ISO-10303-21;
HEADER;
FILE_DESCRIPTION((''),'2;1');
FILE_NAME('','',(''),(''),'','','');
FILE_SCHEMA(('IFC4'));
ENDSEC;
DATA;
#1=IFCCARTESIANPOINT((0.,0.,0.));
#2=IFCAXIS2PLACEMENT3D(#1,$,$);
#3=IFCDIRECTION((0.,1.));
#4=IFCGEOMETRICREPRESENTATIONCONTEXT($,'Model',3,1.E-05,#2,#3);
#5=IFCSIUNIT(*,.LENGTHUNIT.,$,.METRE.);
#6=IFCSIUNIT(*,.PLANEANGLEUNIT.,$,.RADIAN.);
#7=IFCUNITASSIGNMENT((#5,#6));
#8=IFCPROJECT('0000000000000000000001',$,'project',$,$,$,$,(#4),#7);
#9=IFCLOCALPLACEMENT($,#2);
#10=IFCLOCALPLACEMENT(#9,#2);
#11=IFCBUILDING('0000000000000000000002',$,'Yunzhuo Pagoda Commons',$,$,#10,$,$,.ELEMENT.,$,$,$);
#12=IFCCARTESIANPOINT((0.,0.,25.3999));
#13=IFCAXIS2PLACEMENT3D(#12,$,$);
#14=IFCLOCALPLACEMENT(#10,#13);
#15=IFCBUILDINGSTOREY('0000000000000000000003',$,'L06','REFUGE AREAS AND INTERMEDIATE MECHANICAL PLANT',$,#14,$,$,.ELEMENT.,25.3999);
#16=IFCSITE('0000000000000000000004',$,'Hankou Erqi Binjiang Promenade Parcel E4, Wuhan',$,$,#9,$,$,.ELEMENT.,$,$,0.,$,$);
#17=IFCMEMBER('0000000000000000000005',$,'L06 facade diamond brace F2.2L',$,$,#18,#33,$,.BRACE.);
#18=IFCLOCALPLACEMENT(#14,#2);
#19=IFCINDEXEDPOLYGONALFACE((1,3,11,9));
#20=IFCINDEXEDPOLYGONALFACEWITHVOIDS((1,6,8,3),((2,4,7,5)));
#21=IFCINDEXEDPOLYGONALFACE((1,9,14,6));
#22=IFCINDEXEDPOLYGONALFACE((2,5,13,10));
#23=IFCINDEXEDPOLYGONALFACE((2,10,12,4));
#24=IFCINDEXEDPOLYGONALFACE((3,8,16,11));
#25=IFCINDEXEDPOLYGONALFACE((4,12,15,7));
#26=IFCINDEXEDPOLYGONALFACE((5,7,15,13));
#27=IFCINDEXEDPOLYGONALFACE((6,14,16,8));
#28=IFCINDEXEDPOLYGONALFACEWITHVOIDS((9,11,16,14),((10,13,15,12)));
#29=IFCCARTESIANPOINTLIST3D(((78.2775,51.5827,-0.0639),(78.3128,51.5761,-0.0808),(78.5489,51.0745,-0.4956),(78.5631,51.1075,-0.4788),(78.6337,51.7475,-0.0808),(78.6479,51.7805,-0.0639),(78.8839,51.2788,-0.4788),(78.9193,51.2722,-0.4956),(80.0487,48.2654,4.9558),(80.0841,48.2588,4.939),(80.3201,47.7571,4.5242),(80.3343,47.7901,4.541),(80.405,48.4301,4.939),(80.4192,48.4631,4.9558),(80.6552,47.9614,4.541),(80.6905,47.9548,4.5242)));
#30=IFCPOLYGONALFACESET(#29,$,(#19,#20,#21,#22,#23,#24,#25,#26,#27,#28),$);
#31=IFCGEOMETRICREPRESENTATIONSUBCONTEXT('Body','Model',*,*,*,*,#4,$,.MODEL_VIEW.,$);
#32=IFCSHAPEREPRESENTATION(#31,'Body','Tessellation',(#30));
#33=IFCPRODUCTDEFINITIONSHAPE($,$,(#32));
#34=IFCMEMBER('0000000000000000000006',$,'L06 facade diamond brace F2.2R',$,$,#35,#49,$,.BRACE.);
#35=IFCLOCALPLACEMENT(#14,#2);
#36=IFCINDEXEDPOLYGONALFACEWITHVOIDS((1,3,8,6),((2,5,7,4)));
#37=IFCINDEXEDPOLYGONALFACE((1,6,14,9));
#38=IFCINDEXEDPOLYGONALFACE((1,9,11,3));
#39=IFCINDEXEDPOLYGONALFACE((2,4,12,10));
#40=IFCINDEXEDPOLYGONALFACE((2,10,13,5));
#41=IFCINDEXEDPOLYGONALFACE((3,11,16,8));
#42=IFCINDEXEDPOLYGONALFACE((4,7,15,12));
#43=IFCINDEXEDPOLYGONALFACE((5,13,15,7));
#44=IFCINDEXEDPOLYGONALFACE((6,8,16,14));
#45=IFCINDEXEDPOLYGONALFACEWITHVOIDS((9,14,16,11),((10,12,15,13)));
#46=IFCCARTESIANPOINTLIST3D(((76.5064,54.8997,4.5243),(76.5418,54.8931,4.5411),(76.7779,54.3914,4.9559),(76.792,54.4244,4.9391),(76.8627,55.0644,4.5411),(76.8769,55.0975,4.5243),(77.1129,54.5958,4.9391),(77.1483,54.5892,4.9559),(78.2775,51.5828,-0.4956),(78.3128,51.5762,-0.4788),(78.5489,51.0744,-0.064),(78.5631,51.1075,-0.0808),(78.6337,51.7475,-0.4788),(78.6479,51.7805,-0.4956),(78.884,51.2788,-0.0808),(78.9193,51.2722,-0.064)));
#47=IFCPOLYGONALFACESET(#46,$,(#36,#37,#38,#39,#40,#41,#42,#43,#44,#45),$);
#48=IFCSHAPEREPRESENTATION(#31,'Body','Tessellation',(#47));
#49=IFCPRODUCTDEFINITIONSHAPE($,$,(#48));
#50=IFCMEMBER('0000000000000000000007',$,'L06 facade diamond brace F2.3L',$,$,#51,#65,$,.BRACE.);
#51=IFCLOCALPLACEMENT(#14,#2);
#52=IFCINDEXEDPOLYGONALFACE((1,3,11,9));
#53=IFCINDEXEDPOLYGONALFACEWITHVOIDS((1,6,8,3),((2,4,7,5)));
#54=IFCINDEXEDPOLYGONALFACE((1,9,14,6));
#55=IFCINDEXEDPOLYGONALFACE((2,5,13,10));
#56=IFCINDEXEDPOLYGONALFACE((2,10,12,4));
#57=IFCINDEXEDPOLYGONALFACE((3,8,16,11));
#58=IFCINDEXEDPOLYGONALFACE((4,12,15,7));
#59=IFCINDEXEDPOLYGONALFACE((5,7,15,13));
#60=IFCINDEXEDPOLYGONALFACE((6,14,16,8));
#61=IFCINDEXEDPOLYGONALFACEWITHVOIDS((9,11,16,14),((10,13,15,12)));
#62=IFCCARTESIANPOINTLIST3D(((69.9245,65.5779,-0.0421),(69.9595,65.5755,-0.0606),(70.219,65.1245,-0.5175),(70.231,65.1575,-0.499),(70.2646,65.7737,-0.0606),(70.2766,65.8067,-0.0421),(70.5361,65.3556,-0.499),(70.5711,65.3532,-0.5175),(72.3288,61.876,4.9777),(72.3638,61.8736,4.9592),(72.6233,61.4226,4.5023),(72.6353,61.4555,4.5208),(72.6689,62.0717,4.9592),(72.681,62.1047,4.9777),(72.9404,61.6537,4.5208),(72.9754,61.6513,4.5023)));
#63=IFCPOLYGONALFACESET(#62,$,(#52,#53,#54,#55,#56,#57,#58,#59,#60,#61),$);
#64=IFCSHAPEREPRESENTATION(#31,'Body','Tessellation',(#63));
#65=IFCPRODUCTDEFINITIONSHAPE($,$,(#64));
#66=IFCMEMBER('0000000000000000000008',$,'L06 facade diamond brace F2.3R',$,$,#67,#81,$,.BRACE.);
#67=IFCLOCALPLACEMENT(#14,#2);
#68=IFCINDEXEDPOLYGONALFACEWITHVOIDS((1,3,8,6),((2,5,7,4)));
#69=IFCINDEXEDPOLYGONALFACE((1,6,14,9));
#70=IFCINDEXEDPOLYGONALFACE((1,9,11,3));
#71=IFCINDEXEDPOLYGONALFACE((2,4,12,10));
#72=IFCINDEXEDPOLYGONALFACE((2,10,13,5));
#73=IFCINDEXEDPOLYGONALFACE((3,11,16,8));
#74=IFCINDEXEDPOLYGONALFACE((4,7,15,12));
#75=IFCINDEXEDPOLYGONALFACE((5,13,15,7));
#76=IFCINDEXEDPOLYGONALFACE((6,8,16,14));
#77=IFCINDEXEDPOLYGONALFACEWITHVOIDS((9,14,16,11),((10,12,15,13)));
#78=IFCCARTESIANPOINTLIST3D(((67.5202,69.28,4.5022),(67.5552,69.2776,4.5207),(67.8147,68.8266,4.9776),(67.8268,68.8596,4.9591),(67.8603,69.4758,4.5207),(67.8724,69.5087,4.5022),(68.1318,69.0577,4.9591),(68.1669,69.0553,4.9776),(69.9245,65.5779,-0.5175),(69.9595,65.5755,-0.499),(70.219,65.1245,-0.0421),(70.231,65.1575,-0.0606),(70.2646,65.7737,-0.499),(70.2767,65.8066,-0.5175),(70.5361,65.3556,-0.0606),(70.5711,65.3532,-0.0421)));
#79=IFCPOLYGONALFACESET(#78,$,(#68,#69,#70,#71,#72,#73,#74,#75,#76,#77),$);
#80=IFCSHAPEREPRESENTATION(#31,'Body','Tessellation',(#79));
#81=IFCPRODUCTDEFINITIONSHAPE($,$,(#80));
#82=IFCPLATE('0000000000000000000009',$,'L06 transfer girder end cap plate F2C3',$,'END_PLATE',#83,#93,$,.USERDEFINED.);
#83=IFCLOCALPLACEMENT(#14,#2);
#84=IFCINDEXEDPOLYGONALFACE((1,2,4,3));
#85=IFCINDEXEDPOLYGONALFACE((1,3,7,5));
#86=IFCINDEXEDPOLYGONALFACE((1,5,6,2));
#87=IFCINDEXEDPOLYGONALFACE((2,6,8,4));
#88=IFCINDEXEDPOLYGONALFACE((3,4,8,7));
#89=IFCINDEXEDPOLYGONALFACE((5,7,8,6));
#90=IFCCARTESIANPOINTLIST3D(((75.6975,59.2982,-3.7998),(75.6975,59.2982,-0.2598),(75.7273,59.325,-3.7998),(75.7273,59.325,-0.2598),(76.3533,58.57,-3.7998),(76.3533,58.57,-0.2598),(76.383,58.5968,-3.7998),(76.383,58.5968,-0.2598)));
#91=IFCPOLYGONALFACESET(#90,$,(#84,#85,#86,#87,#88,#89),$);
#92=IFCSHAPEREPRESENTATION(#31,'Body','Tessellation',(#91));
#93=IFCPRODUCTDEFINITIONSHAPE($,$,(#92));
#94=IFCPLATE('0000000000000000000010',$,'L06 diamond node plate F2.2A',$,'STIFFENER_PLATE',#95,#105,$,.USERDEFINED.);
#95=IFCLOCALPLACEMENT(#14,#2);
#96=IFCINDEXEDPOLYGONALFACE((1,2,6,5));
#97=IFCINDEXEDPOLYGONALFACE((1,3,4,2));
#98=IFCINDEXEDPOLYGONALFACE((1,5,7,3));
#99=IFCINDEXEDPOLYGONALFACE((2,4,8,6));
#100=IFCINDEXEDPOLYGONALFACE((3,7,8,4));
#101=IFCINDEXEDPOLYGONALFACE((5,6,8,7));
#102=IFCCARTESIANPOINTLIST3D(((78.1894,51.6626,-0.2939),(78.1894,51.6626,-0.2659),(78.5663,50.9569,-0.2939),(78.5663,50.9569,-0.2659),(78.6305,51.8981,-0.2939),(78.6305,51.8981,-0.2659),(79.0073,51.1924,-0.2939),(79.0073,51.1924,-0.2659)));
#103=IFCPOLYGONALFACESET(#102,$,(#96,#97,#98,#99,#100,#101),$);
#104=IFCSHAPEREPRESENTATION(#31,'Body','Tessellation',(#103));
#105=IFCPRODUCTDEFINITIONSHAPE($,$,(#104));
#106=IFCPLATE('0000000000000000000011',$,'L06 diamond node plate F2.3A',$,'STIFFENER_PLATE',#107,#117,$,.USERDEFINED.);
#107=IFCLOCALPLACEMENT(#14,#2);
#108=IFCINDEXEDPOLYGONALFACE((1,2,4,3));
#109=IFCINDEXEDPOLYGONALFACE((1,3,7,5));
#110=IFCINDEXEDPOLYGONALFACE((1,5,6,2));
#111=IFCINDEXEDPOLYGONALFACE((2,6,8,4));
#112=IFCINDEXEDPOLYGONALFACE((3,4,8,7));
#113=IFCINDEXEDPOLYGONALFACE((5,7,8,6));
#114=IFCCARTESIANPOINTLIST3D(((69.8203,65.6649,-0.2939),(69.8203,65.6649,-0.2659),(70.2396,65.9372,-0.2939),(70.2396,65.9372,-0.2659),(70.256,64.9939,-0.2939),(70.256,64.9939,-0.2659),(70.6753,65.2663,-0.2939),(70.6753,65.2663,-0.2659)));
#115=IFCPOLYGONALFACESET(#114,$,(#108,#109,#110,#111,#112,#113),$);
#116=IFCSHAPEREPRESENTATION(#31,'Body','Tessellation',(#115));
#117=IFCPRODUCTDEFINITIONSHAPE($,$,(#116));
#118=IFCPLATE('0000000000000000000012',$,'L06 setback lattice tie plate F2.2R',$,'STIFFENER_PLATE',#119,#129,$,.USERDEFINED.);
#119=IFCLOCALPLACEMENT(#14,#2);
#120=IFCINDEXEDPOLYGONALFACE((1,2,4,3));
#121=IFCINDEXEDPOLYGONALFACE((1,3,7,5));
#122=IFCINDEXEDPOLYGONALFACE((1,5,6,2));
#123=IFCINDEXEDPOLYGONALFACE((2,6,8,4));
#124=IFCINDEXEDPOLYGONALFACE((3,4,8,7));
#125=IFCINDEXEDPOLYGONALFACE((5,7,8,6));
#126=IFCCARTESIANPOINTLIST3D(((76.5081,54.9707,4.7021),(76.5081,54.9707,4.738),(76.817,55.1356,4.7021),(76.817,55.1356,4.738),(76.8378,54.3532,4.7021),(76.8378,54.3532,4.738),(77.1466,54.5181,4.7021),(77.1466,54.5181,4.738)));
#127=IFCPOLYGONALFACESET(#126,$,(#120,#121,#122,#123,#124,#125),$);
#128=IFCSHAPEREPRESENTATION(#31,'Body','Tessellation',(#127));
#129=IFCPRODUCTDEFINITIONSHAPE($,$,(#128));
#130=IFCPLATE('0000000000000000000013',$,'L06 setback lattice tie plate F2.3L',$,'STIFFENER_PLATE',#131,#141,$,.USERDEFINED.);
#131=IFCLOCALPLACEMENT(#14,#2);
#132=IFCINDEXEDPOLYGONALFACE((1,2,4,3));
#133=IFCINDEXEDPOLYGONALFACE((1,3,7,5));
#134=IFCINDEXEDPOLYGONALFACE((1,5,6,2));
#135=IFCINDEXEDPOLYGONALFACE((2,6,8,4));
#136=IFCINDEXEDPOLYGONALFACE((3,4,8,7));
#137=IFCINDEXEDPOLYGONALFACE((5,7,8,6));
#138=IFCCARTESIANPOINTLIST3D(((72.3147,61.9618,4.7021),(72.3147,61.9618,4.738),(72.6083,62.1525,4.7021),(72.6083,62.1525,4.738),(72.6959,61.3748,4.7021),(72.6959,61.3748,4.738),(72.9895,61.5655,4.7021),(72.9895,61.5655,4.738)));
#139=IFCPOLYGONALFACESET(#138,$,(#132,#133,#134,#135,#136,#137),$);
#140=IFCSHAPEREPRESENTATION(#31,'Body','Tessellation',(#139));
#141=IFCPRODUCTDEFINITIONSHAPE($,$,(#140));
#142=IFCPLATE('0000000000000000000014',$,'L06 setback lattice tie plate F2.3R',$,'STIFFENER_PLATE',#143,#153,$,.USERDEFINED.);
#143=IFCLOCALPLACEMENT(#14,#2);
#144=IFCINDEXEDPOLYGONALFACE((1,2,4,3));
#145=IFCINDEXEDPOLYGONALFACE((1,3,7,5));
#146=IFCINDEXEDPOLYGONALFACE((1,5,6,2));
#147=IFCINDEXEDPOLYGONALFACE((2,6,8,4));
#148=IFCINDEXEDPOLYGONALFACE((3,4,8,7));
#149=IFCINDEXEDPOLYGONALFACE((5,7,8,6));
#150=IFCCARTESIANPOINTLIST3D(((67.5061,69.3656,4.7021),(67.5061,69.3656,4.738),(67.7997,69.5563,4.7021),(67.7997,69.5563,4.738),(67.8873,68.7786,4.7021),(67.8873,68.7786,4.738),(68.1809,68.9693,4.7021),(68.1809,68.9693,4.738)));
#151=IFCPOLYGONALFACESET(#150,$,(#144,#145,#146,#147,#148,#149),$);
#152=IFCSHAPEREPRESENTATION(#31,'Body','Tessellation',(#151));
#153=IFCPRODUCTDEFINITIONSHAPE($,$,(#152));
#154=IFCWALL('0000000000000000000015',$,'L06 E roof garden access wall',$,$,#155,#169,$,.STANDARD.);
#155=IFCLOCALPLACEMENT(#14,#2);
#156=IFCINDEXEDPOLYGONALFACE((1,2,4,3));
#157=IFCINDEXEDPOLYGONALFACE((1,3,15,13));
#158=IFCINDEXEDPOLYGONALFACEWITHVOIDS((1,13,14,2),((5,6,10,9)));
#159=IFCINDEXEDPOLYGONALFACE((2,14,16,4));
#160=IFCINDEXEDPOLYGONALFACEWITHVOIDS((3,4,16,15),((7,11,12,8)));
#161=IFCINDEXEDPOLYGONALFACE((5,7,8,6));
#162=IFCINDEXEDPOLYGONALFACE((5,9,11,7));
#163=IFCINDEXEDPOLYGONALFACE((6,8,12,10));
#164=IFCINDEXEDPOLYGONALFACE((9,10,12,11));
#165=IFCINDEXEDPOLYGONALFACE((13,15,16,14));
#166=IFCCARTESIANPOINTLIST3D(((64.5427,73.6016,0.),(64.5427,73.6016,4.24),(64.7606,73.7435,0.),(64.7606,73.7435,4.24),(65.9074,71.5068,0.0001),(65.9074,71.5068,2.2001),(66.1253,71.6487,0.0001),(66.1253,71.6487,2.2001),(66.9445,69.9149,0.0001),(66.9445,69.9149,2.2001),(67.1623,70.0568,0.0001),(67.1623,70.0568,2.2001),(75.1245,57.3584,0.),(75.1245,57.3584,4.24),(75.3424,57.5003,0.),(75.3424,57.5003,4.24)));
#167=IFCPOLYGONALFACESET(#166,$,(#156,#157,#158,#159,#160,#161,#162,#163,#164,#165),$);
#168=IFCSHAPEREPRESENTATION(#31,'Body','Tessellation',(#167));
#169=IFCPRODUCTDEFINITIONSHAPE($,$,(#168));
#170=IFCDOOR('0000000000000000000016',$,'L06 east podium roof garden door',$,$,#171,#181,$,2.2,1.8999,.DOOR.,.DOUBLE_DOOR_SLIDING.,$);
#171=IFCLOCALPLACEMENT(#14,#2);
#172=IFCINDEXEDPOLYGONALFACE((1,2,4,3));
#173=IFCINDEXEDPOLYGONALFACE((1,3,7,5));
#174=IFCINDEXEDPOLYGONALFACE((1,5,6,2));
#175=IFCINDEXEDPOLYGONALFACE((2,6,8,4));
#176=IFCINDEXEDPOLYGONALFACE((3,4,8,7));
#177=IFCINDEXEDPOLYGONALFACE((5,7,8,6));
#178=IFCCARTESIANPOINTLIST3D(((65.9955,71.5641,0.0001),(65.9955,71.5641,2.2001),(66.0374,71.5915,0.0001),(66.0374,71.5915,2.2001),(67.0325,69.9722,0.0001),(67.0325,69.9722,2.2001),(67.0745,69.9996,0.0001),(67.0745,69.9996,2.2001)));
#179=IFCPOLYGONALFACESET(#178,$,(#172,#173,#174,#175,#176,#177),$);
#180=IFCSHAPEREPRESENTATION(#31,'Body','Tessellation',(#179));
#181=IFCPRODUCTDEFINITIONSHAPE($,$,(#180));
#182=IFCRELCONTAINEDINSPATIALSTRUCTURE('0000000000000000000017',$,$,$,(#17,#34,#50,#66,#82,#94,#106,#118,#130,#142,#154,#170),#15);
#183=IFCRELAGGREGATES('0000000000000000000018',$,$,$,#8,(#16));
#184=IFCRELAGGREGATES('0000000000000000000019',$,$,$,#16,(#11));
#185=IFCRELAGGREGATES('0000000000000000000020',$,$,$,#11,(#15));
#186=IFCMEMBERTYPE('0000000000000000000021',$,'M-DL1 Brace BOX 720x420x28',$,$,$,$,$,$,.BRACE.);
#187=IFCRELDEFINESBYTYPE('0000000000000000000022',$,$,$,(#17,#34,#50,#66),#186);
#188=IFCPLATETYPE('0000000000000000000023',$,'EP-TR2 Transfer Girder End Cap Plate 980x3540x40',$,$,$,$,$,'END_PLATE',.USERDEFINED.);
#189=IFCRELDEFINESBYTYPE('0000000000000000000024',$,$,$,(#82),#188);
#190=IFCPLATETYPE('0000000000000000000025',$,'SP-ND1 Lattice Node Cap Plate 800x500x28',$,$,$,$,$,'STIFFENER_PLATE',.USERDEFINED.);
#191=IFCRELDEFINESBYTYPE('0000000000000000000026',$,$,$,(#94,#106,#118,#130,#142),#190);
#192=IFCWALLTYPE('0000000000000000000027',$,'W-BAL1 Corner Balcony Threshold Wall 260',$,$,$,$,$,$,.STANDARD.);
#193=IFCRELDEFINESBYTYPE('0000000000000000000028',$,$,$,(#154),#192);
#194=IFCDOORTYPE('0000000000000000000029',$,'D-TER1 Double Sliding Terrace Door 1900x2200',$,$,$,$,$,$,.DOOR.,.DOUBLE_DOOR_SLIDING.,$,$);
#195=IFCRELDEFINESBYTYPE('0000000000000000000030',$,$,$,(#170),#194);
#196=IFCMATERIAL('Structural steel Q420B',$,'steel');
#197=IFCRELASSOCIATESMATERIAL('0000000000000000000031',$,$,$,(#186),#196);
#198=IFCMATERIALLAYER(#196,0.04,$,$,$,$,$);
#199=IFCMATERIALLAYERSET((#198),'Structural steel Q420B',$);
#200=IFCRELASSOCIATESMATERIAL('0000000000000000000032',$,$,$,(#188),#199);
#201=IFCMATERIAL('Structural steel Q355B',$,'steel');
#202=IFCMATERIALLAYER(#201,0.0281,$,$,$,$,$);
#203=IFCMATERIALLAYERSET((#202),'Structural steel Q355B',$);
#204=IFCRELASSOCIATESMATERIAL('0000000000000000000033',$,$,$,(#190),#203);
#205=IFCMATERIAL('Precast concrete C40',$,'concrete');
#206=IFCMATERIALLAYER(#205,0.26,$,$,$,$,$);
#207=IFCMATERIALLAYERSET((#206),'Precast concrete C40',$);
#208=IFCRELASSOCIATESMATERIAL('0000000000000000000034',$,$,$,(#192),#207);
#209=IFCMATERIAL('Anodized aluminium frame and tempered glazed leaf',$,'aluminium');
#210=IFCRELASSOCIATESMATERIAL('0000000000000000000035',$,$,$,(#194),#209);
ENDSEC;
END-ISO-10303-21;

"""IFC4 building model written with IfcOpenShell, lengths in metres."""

from ifc_helpers import new_model, si_unit, direction, frame, frame_2d, origin, origin_with_axes, origin_2d, place, context, subcontext, project, spatial, rectangle, hollow_rectangle, extrude, source, transform, mapped, material, layer, layer_set, material_profile, profile_set, type_object, element, fill, save


model = new_model("IFC4")

# Units and contexts
model_context = context("Model", 3, precision=1e-05, world=origin(), true_north=direction((0.0, 1.0)))
body_context = subcontext(model_context, "Body", "Model", "MODEL_VIEW")
ifc_project = project(units=[si_unit("LENGTHUNIT", "METRE"), si_unit("PLANEANGLEUNIT", "RADIAN")], contexts=[model_context])

# Site, building, storey
site_placement = place(None, origin())
site = spatial("IfcSite", under=ifc_project, at=site_placement, Name="Hankou Erqi Binjiang Promenade Parcel E4, Wuhan", CompositionType="ELEMENT", RefElevation=0.0)
building_placement = place(site_placement, origin())
building = spatial("IfcBuilding", under=site, at=building_placement, Name="Yunzhuo Pagoda Commons", CompositionType="ELEMENT")
storey_placement = place(building_placement, frame((0.0, 0.0, 25.3999)))
storey = spatial("IfcBuildingStorey", under=building, at=storey_placement, Name="L06", Description="REFUGE AREAS AND INTERMEDIATE MECHANICAL PLANT", CompositionType="ELEMENT", Elevation=25.3999)

# Shared definitions
ifc_material_1 = material(Name="Structural steel Q420B", Category="steel")

# Shared definitions
ifc_material_2 = material(Name="Structural steel Q355B", Category="steel")

# Members
ifc_material_profile_1 = material_profile(ifc_material_1, hollow_rectangle(XDim=0.4199, YDim=0.72, WallThickness=0.0281, at=origin_2d()), Name="Structural steel Q420B")
ifc_profile_set_1 = profile_set([ifc_material_profile_1], Name="Structural steel Q420B")
member_type = type_object("IfcMemberType", Name="M-DL1 Brace BOX 720x420x28", PredefinedType="BRACE", material=ifc_profile_set_1)
shared_shape_1 = source(origin(), body_context, "Body", "SweptSolid", [
    extrude(hollow_rectangle(XDim=0.4199, YDim=0.72, WallThickness=0.0281, at=origin_2d()), origin(), (0.0, 0.0, 1.0), 6.2722),
])
member_1_placement = place(storey_placement, frame((78.5984, 51.4275, -0.2798), z_axis=(0.282395, -0.528903, 0.800322), x_axis=(0.882135, 0.470996, 0.0)))
element("IfcMember", 1, at=member_1_placement, inside=storey, type_object=member_type, Name="L06 facade diamond brace F2.2L", PredefinedType="BRACE", context=body_context, shape_type="MappedRepresentation", body=[
    mapped(shared_shape_1, transform((0.0, 0.0, 0.0), scale=1.0)),
])
shared_shape_2 = source(origin(), body_context, "Body", "SweptSolid", [
    extrude(hollow_rectangle(XDim=0.4199, YDim=0.72, WallThickness=0.0281, at=origin_2d()), origin(), (0.0, 0.0, 1.0), 6.272),
])
member_2_placement = place(storey_placement, frame((78.5984, 51.4275, -0.2798), z_axis=(-0.282371, 0.528853, 0.800363), x_axis=(-0.882134, -0.470999, 0.0)))
element("IfcMember", 2, at=member_2_placement, inside=storey, type_object=member_type, Name="L06 facade diamond brace F2.2R", PredefinedType="BRACE", context=body_context, shape_type="MappedRepresentation", body=[
    mapped(shared_shape_2, transform((0.0, 0.0, 0.0), scale=1.0)),
])
shared_shape_3 = source(origin(), body_context, "Body", "SweptSolid", [
    extrude(hollow_rectangle(XDim=0.4199, YDim=0.72, WallThickness=0.0281, at=origin_2d()), origin(), (0.0, 0.0, 1.0), 6.6846),
])
for number, where, z_axis, x_axis, name in (
    (3, (70.2478, 65.4656, -0.2798), (0.359681, -0.553802, 0.750955), (0.838644, 0.544679, 0.0), "L06 facade diamond brace F2.3L"),
    (4, (70.2478, 65.4656, -0.2798), (-0.359674, 0.553827, 0.750939), (-0.838661, -0.544654, 0.0), "L06 facade diamond brace F2.3R"),
):
    element("IfcMember", number, at=place(storey_placement, frame(where, z_axis=z_axis, x_axis=x_axis)), inside=storey, type_object=member_type, Name=name, PredefinedType="BRACE", context=body_context, shape_type="MappedRepresentation", body=[
        mapped(shared_shape_3, transform((0.0, 0.0, 0.0), scale=1.0)),
    ])

# Plates
ifc_layer_1 = layer(ifc_material_1, 0.04)
ifc_layer_set_1 = layer_set([ifc_layer_1], Name="Structural steel Q420B")
plate_type_1 = type_object("IfcPlateType", Name="EP-TR2 Transfer Girder End Cap Plate 980x3540x40", ElementType="END_PLATE", PredefinedType="USERDEFINED", material=ifc_layer_set_1)
shared_shape_4 = source(origin(), body_context, "Body", "SweptSolid", [
    extrude(rectangle(XDim=0.98, YDim=0.04, at=origin_2d()), origin(), (0.0, 0.0, 1.0), 3.54),
])
plate_placement = place(storey_placement, frame((76.0403, 58.9475, -3.7998), z_axis=(0.0, 0.0, 1.0), x_axis=(-0.669131, 0.743145, 0.0)))
element("IfcPlate", 5, at=plate_placement, inside=storey, type_object=plate_type_1, Name="L06 transfer girder end cap plate F2C3", ObjectType="END_PLATE", PredefinedType="USERDEFINED", context=body_context, shape_type="MappedRepresentation", body=[
    mapped(shared_shape_4, transform((0.0, 0.0, 0.0), scale=1.0)),
])
ifc_layer_2 = layer(ifc_material_2, 0.0281)
ifc_layer_set_2 = layer_set([ifc_layer_2], Name="Structural steel Q355B")
plate_type_2 = type_object("IfcPlateType", Name="SP-ND1 Lattice Node Cap Plate 800x500x28", ElementType="STIFFENER_PLATE", PredefinedType="USERDEFINED", material=ifc_layer_set_2)
shared_shape_5 = source(origin(), body_context, "Body", "SweptSolid", [
    extrude(rectangle(XDim=0.8, YDim=0.5, at=origin_2d()), origin(), (0.0, 0.0, 1.0), 0.0281),
])
for number, where, z_axis, x_axis, name in (
    (6, (78.5984, 51.4275, -0.2939), (0.0, 0.0, 1.0), (-0.470981, 0.882143, 0.0), "L06 diamond node plate F2.2A"),
    (7, (70.2478, 65.4656, -0.2939), (0.0, 0.0, 1.0), (-0.544668, 0.838652, 0.0), "L06 diamond node plate F2.3A"),
):
    element("IfcPlate", number, at=place(storey_placement, frame(where, z_axis=z_axis, x_axis=x_axis)), inside=storey, type_object=plate_type_2, Name=name, ObjectType="STIFFENER_PLATE", PredefinedType="USERDEFINED", context=body_context, shape_type="MappedRepresentation", body=[
        mapped(shared_shape_5, transform((0.0, 0.0, 0.0), scale=1.0)),
    ])
shared_shape_6 = source(origin(), body_context, "Body", "SweptSolid", [
    extrude(rectangle(XDim=0.7, YDim=0.3501, at=origin_2d()), origin(), (0.0, 0.0, 1.0), 0.0359),
])
for number, where, z_axis, x_axis, name in (
    (8, (76.8274, 54.7444, 4.7021), (0.0, 0.0, 1.0), (-0.470981, 0.882143, 0.0), "L06 setback lattice tie plate F2.2R"),
    (9, (72.6521, 61.7637, 4.7021), (0.0, 0.0, 1.0), (-0.544668, 0.838652, 0.0), "L06 setback lattice tie plate F2.3L"),
    (10, (67.8435, 69.1675, 4.7021), (0.0, 0.0, 1.0), (-0.544668, 0.838652, 0.0), "L06 setback lattice tie plate F2.3R"),
):
    element("IfcPlate", number, at=place(storey_placement, frame(where, z_axis=z_axis, x_axis=x_axis)), inside=storey, type_object=plate_type_2, Name=name, ObjectType="STIFFENER_PLATE", PredefinedType="USERDEFINED", context=body_context, shape_type="MappedRepresentation", body=[
        mapped(shared_shape_6, transform((0.0, 0.0, 0.0), scale=1.0)),
    ])

# Wall, opening, door
ifc_material_3 = material(Name="Precast concrete C40", Category="concrete")
ifc_layer_3 = layer(ifc_material_3, 0.26)
ifc_layer_set_3 = layer_set([ifc_layer_3], Name="Precast concrete C40")
wall_type = type_object("IfcWallType", Name="W-BAL1 Corner Balcony Threshold Wall 260", PredefinedType="STANDARD", material=ifc_layer_set_3)
wall_placement = place(storey_placement, frame((75.2334, 57.4294, 0.0), z_axis=(0.0, 0.0, 1.0), x_axis=(-0.545849, 0.837884, 0.0)))
wall = element("IfcWall", 11, at=wall_placement, inside=storey, type_object=wall_type, Name="L06 E roof garden access wall", PredefinedType="STANDARD", context=body_context, shape_type="SweptSolid", body=[
    extrude(rectangle(XDim=19.386, YDim=0.26, at=frame_2d((9.6929, 0.0))), origin(), (0.0, 0.0, 1.0), 4.24),
])
opening_placement = place(wall_placement, frame((14.9858, 0.0, 0.0)))
opening = element("IfcOpeningElement", 12, at=opening_placement, cuts=wall, PredefinedType="OPENING", context=body_context, shape_type="SweptSolid", body=[
    extrude(rectangle(XDim=1.8999, YDim=2.2, at=frame_2d((0.95, 1.1001))), frame((0.0, 0.1401, 0.0), z_axis=(0.0, -1.0, 0.0), x_axis=(1.0, 0.0, 0.0)), (0.0, 0.0, 1.0), 0.28),
])
ifc_material_4 = material(Name="Anodized aluminium frame and tempered glazed leaf", Category="aluminium")
door_type = type_object("IfcDoorType", Name="D-TER1 Double Sliding Terrace Door 1900x2200", OperationType="DOUBLE_DOOR_SLIDING", PredefinedType="DOOR", material=ifc_material_4)
shared_shape_7 = source(origin(), body_context, "Body", "SweptSolid", [
    extrude(rectangle(XDim=1.8999, YDim=2.2, at=frame_2d((0.95, 1.1001))), frame((0.0, 0.0249, 0.0), z_axis=(0.0, -1.0, 0.0), x_axis=(1.0, 0.0, 0.0)), (0.0, 0.0, 1.0), 0.05),
])
door_placement = place(opening_placement, origin_with_axes())
door = element("IfcDoor", 13, at=door_placement, inside=storey, type_object=door_type, Name="L06 east podium roof garden door", OperationType="DOUBLE_DOOR_SLIDING", OverallHeight=2.2, OverallWidth=1.8999, PredefinedType="DOOR", context=body_context, shape_type="MappedRepresentation", body=[
    mapped(shared_shape_7, transform((0.0, 0.0, 0.0), scale=1.0)),
])
fill(opening, door)

save(model, "model.ifc")
